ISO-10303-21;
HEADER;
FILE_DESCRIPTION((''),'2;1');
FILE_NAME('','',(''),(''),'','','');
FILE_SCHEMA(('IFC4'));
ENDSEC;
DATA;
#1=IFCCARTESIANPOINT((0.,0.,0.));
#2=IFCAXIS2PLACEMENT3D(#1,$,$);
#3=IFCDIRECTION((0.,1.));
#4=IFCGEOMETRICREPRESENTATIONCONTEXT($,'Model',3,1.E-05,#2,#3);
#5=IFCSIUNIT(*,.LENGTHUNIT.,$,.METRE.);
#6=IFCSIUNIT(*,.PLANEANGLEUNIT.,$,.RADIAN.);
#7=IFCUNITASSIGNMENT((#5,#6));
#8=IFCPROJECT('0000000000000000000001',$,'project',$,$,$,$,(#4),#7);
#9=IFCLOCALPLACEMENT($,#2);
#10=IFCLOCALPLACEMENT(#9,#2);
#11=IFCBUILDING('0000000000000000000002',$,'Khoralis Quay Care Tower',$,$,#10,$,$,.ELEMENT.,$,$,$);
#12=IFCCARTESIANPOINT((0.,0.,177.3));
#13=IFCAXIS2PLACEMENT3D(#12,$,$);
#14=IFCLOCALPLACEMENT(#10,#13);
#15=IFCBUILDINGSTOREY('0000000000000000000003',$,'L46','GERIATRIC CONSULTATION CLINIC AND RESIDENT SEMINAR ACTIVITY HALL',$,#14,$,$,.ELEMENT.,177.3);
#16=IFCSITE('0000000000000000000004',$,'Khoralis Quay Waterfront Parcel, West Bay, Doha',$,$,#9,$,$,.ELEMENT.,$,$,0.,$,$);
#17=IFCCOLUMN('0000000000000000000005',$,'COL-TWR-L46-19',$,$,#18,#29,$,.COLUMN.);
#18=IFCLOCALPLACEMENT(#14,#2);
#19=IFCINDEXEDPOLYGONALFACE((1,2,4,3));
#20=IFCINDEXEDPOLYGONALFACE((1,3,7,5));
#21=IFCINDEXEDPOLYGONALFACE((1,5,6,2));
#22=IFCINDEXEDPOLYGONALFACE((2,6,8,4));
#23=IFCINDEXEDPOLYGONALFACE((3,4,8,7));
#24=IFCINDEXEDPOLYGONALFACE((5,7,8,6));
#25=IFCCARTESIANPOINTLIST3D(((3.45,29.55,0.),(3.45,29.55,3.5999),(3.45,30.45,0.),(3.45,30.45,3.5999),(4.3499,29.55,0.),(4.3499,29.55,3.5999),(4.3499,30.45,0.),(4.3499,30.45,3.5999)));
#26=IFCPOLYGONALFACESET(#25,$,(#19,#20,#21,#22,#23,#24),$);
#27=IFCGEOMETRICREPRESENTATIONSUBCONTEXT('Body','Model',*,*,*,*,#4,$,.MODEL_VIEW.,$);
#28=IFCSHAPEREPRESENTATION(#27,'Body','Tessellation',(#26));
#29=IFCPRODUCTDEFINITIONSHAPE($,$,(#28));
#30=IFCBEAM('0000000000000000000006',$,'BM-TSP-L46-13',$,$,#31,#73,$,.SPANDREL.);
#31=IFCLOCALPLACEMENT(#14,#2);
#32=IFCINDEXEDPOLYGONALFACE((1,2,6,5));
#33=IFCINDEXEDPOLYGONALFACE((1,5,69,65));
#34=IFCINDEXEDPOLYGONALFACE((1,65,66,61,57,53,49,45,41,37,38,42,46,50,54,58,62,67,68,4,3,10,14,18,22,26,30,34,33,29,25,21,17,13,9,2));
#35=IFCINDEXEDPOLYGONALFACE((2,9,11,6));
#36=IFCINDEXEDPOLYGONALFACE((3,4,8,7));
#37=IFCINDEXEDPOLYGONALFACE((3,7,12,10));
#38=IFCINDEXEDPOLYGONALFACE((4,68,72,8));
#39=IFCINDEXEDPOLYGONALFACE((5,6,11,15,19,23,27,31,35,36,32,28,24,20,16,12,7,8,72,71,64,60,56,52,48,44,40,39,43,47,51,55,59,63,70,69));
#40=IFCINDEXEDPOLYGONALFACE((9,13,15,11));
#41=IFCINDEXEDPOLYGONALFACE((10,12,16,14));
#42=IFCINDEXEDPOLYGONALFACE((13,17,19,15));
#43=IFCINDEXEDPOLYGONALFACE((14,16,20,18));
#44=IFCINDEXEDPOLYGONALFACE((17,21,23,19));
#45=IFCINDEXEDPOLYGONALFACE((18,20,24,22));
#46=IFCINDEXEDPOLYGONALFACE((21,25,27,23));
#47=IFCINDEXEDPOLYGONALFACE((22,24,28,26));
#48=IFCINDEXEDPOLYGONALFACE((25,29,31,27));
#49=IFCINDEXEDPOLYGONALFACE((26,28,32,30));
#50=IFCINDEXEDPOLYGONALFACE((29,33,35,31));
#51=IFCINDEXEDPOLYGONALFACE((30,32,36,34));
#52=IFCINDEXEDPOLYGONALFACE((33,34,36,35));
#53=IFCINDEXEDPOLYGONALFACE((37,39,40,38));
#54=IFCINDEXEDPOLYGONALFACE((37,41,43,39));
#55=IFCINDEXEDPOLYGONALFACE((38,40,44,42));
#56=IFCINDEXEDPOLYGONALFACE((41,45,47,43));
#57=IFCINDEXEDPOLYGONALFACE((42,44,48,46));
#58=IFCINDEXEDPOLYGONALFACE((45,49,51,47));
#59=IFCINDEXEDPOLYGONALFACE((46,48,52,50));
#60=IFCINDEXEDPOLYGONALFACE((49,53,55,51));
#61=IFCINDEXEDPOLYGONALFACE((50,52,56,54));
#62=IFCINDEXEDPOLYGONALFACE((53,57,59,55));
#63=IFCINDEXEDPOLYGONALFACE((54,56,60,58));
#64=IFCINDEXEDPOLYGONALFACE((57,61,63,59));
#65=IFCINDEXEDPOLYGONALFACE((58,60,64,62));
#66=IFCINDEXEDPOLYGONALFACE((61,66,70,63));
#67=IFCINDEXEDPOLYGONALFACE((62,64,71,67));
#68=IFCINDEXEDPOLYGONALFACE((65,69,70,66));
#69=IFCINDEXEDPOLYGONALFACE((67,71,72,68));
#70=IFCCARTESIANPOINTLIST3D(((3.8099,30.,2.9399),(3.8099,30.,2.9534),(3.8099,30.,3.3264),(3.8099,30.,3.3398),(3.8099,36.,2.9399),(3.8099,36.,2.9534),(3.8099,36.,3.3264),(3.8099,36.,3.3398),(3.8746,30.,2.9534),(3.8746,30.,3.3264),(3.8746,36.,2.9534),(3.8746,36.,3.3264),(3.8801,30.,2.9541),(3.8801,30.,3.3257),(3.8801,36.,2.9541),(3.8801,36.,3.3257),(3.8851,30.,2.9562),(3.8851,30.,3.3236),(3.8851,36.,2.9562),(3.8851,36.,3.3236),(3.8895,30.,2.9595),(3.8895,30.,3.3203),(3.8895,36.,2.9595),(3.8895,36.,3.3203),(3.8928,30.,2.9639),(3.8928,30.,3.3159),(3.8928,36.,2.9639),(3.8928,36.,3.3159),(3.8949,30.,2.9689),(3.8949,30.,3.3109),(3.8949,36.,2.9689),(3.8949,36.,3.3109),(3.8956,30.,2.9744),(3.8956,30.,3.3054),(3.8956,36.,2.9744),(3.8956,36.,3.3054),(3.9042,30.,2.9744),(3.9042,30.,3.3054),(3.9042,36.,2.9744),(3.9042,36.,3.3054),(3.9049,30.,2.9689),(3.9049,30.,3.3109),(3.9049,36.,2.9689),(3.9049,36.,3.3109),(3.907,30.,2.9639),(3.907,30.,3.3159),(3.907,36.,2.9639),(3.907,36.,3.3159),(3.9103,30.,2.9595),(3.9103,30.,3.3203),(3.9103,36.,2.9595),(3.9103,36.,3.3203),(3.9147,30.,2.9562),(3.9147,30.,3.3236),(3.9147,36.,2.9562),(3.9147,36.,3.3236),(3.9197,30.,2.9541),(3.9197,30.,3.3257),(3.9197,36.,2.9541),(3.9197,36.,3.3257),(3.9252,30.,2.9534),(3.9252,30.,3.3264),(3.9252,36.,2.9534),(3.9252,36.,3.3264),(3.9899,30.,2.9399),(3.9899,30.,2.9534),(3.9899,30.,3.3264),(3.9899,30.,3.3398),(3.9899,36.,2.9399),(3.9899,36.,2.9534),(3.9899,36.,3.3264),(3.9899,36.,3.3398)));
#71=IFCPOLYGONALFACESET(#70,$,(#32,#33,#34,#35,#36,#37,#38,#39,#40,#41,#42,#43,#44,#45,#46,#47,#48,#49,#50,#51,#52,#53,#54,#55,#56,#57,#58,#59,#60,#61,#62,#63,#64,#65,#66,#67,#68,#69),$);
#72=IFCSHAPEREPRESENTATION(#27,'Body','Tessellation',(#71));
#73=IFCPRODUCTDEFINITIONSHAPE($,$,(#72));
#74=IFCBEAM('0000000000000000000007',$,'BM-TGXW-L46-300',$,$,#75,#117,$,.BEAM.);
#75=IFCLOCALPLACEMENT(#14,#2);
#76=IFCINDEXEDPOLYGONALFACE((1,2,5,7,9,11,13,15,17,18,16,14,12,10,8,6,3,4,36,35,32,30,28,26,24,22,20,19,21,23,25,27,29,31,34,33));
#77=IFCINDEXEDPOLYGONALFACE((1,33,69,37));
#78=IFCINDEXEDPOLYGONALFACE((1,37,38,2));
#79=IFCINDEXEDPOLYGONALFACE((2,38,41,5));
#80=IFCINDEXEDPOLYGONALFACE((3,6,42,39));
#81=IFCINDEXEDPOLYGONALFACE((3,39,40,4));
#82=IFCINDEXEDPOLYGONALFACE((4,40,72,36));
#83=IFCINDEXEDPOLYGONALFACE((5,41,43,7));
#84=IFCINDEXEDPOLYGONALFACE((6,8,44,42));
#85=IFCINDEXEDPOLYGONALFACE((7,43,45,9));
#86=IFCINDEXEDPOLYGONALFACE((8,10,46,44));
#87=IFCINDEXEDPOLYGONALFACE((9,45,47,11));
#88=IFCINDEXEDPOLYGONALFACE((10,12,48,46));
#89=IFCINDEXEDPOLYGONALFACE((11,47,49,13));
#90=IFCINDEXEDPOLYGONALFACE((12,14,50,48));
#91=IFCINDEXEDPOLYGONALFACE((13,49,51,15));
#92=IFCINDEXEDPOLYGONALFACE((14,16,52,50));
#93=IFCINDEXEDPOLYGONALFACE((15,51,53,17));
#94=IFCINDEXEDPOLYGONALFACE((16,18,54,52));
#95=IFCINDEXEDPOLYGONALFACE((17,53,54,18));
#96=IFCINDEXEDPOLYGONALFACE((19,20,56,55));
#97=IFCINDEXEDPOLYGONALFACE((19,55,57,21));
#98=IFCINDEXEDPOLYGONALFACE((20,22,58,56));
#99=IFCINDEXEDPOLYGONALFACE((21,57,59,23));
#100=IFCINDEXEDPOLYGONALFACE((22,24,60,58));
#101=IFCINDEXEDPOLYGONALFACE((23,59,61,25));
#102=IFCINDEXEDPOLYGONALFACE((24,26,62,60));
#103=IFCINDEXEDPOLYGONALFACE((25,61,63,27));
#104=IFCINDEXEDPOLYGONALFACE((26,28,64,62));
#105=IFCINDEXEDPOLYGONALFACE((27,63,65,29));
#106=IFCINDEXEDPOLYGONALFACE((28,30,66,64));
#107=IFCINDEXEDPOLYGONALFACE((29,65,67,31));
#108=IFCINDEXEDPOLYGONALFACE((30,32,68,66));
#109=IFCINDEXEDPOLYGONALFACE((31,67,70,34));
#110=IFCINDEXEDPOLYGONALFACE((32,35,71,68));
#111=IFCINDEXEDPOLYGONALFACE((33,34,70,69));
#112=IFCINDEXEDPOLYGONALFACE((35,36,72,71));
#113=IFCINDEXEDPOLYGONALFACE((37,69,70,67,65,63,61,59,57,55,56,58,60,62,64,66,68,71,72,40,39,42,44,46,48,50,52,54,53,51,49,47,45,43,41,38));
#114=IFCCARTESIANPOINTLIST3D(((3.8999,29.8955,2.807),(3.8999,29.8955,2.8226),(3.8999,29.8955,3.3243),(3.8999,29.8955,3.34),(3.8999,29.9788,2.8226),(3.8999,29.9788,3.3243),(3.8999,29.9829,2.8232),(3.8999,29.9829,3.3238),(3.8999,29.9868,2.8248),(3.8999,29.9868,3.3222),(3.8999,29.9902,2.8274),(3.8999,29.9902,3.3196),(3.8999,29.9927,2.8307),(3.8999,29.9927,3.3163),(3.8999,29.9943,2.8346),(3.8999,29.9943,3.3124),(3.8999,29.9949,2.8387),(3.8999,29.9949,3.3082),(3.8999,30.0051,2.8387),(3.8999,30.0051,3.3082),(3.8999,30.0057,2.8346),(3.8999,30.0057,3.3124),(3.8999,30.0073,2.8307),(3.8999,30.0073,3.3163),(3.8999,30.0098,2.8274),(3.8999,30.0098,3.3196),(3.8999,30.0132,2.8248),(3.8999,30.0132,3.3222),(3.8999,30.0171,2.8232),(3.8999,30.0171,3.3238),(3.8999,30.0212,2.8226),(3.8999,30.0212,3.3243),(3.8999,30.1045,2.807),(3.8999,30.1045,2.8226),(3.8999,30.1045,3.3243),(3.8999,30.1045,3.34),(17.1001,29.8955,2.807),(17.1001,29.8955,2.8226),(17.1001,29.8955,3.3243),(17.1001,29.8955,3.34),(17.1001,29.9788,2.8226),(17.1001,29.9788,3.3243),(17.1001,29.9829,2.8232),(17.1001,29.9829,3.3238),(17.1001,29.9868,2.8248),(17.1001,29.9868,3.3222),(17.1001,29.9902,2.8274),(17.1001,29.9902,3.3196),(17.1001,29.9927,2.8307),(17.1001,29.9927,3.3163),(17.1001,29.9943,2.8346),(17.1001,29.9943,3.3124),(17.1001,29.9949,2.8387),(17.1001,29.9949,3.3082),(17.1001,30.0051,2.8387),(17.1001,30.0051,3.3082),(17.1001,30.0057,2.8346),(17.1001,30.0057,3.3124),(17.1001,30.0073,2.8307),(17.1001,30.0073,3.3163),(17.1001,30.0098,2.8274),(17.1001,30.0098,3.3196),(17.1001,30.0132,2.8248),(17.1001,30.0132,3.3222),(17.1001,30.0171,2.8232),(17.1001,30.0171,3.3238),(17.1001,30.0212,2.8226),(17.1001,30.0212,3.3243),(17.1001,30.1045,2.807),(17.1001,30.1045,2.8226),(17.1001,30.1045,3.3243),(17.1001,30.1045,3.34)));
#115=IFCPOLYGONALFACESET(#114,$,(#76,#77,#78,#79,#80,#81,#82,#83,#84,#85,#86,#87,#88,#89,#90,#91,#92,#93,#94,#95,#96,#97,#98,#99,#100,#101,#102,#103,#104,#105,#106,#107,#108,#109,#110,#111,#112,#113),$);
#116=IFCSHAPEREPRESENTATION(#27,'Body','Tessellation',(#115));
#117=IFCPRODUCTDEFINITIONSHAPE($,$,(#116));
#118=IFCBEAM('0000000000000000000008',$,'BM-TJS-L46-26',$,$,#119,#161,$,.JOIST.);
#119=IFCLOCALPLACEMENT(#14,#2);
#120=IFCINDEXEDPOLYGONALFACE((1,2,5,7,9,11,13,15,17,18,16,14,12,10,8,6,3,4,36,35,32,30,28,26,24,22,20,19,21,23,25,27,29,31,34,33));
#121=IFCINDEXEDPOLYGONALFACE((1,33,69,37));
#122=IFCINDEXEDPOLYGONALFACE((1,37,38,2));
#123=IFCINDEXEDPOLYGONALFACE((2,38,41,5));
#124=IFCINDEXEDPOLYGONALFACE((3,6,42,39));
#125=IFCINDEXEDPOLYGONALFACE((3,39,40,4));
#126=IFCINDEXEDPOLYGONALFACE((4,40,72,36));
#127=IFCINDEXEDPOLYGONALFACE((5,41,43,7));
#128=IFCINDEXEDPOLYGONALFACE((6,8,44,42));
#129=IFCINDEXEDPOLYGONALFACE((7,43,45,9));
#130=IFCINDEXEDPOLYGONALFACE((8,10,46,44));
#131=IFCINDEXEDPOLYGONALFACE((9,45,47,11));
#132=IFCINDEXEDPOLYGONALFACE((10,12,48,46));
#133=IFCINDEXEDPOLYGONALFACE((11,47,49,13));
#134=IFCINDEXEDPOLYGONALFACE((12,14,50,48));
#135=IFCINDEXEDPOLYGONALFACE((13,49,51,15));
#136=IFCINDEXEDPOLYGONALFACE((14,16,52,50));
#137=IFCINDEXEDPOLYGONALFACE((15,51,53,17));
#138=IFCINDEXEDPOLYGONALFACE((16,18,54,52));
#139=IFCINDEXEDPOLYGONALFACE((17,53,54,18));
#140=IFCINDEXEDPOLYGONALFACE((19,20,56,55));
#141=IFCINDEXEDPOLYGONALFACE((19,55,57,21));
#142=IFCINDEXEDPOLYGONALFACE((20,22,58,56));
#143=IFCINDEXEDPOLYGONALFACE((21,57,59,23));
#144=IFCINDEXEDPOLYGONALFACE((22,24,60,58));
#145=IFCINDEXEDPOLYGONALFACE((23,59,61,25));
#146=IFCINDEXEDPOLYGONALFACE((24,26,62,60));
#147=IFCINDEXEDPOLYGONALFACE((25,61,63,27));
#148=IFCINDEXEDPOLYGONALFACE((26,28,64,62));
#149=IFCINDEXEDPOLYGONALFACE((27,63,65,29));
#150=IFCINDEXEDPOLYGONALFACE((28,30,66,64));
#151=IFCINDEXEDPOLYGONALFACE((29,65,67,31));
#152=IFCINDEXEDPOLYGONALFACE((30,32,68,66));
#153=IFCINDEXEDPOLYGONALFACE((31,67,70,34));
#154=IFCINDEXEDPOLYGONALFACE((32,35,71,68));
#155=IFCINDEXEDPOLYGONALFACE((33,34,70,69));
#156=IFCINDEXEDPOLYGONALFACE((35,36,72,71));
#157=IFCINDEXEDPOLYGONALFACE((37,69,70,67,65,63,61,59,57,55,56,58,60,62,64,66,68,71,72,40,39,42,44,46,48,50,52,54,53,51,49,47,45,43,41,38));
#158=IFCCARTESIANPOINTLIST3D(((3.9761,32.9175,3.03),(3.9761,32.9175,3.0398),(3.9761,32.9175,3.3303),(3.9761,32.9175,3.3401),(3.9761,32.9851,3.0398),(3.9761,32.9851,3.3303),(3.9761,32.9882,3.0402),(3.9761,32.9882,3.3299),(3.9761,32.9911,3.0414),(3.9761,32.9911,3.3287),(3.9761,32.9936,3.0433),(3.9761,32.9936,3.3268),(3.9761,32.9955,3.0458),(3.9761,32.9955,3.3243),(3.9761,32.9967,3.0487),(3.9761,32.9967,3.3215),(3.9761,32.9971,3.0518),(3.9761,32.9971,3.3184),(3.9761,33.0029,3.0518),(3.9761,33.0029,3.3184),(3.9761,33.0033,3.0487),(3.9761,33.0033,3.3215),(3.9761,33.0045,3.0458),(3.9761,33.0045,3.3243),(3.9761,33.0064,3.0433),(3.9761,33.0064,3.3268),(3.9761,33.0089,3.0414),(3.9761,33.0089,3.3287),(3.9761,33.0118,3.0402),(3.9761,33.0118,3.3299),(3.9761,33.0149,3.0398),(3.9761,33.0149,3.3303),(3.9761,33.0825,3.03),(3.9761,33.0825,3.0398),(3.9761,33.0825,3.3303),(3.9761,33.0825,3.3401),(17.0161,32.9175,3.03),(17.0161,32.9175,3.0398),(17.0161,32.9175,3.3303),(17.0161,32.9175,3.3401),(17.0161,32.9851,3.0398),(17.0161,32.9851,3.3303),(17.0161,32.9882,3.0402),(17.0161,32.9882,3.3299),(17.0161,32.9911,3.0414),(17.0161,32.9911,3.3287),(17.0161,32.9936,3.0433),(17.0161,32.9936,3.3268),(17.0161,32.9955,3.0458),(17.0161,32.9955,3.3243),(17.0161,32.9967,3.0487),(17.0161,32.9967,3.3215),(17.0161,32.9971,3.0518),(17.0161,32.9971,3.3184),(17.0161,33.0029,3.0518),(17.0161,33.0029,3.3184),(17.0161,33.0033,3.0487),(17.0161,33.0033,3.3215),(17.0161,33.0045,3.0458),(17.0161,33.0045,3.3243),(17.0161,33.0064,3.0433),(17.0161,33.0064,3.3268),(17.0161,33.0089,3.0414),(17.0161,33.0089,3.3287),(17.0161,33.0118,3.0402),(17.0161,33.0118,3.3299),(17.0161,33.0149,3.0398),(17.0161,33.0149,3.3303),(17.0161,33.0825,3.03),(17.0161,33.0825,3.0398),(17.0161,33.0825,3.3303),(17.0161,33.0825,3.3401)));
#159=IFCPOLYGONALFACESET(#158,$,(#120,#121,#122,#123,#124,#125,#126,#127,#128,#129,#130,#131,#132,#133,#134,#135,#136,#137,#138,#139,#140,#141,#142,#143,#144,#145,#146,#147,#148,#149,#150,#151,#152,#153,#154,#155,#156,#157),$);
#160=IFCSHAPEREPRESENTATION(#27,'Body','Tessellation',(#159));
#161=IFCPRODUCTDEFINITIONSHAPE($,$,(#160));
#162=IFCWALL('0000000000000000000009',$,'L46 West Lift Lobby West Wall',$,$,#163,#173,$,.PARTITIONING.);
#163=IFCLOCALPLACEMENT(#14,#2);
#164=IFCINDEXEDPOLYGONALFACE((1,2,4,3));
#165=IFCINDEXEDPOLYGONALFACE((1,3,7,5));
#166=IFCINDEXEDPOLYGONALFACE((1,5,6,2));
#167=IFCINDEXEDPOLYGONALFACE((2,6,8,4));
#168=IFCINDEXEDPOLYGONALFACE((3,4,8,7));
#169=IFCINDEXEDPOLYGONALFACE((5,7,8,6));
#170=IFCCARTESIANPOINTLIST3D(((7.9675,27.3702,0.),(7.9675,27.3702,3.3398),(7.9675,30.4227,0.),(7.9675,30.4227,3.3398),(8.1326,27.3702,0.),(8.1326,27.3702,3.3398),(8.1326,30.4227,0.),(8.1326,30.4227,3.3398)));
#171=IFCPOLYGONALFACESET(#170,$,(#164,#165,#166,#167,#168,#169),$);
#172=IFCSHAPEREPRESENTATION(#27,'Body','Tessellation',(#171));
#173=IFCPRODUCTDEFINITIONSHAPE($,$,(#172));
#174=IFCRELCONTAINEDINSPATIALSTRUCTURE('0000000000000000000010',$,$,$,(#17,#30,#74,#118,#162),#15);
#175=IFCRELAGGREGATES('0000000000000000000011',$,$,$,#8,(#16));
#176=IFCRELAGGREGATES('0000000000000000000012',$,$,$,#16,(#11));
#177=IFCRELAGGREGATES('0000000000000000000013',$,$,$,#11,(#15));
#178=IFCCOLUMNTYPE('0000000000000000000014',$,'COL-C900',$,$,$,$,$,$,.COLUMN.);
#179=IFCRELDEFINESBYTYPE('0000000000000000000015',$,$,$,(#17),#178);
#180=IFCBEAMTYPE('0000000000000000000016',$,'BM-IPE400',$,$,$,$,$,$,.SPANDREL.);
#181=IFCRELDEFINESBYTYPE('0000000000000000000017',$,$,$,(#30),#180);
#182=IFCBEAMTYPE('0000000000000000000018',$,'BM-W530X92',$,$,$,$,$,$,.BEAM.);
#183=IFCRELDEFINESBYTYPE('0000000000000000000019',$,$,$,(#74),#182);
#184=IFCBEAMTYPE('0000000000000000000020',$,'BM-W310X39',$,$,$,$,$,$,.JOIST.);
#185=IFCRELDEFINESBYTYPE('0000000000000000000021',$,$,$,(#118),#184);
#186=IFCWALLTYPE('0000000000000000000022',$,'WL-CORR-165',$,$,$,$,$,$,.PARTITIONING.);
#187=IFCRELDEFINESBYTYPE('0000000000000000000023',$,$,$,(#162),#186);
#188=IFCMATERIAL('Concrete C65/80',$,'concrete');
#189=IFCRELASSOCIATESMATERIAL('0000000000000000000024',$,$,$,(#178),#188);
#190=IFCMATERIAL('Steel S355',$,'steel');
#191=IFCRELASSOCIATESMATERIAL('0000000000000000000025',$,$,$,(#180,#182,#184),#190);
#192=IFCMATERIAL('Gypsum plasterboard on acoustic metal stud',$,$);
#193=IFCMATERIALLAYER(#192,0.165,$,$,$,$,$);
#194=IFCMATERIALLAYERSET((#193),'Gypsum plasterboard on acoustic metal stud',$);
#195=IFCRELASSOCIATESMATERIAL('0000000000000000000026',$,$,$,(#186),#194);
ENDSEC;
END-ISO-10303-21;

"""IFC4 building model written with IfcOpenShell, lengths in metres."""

from ifc_helpers import new_model, si_unit, direction, frame, frame_2d, origin, origin_2d, place, context, subcontext, project, spatial, rectangle, i_section, extrude, source, transform, mapped, material, layer, layer_set, material_profile, profile_set, type_object, element, save


model = new_model("IFC4")

# Units and contexts
model_context = context("Model", 3, precision=1e-05, world=origin(), true_north=direction((0.0, 1.0)))
body_context = subcontext(model_context, "Body", "Model", "MODEL_VIEW")
ifc_project = project(units=[si_unit("LENGTHUNIT", "METRE"), si_unit("PLANEANGLEUNIT", "RADIAN")], contexts=[model_context])

# Site, building, storey
site_placement = place(None, origin())
site = spatial("IfcSite", under=ifc_project, at=site_placement, Name="Khoralis Quay Waterfront Parcel, West Bay, Doha", CompositionType="ELEMENT", RefElevation=0.0)
building_placement = place(site_placement, origin())
building = spatial("IfcBuilding", under=site, at=building_placement, Name="Khoralis Quay Care Tower", CompositionType="ELEMENT")
storey_placement = place(building_placement, frame((0.0, 0.0, 177.3)))
storey = spatial("IfcBuildingStorey", under=building, at=storey_placement, Name="L46", Description="GERIATRIC CONSULTATION CLINIC AND RESIDENT SEMINAR ACTIVITY HALL", CompositionType="ELEMENT", Elevation=177.3)

# Column
ifc_material_1 = material(Name="Concrete C65/80", Category="concrete")
ifc_material_profile_1 = material_profile(ifc_material_1, rectangle(XDim=0.8999, YDim=0.8999, at=origin_2d()), Name="Concrete C65/80")
ifc_profile_set_1 = profile_set([ifc_material_profile_1], Name="Concrete C65/80")
column_type = type_object("IfcColumnType", Name="COL-C900", PredefinedType="COLUMN", material=ifc_profile_set_1)
shared_shape_1 = source(origin(), body_context, "Body", "SweptSolid", [
    extrude(rectangle(XDim=0.8999, YDim=0.8999, at=origin_2d()), origin(), (0.0, 0.0, 1.0), 3.5999),
])
column_placement = place(storey_placement, frame((3.8999, 30.0, 0.0), z_axis=(0.0, 0.0, 1.0), x_axis=(1.0, 0.0, 0.0)))
element("IfcColumn", 1, at=column_placement, inside=storey, type_object=column_type, Name="COL-TWR-L46-19", PredefinedType="COLUMN", context=body_context, shape_type="MappedRepresentation", body=[
    mapped(shared_shape_1, transform((0.0, 0.0, 0.0), scale=1.0)),
])

# Beams
ifc_material_2 = material(Name="Steel S355", Category="steel")
ifc_material_profile_2 = material_profile(ifc_material_2, i_section(OverallWidth=0.1799, OverallDepth=0.3999, WebThickness=0.0085, FlangeThickness=0.0134, FilletRadius=0.021, at=origin_2d()), Name="Steel S355")
ifc_profile_set_2 = profile_set([ifc_material_profile_2], Name="Steel S355")
beam_type_1 = type_object("IfcBeamType", Name="BM-IPE400", PredefinedType="SPANDREL", material=ifc_profile_set_2)
shared_shape_2 = source(origin(), body_context, "Body", "SweptSolid", [
    extrude(i_section(OverallWidth=0.1799, OverallDepth=0.3999, WebThickness=0.0085, FlangeThickness=0.0134, FilletRadius=0.021, at=origin_2d()), origin(), (0.0, 0.0, 1.0), 6.0),
])
beam_1_placement = place(storey_placement, frame((3.8999, 30.0, 3.1399), z_axis=(0.0, 1.0, 0.0), x_axis=(-1.0, 0.0, 0.0)))
element("IfcBeam", 2, at=beam_1_placement, inside=storey, type_object=beam_type_1, Name="BM-TSP-L46-13", PredefinedType="SPANDREL", context=body_context, shape_type="MappedRepresentation", body=[
    mapped(shared_shape_2, transform((0.0, 0.0, 0.0), scale=1.0)),
])
ifc_material_profile_3 = material_profile(ifc_material_2, i_section(OverallWidth=0.209, OverallDepth=0.533, WebThickness=0.0103, FlangeThickness=0.0156, FilletRadius=0.0161, at=origin_2d()), Name="Steel S355")
ifc_profile_set_3 = profile_set([ifc_material_profile_3], Name="Steel S355")
beam_type_2 = type_object("IfcBeamType", Name="BM-W530X92", PredefinedType="BEAM", material=ifc_profile_set_3)
shared_shape_3 = source(origin(), body_context, "Body", "SweptSolid", [
    extrude(i_section(OverallWidth=0.209, OverallDepth=0.533, WebThickness=0.0103, FlangeThickness=0.0156, FilletRadius=0.0161, at=origin_2d()), origin(), (0.0, 0.0, 1.0), 13.2002),
])
beam_2_placement = place(storey_placement, frame((3.8999, 30.0, 3.0735), z_axis=(1.0, 0.0, 0.0), x_axis=(0.0, 1.0, 0.0)))
element("IfcBeam", 3, at=beam_2_placement, inside=storey, type_object=beam_type_2, Name="BM-TGXW-L46-300", PredefinedType="BEAM", context=body_context, shape_type="MappedRepresentation", body=[
    mapped(shared_shape_3, transform((0.0, 0.0, 0.0), scale=1.0)),
])
ifc_material_profile_4 = material_profile(ifc_material_2, i_section(OverallWidth=0.165, OverallDepth=0.3101, WebThickness=0.0059, FlangeThickness=0.0098, FilletRadius=0.012, at=origin_2d()), Name="Steel S355")
ifc_profile_set_4 = profile_set([ifc_material_profile_4], Name="Steel S355")
beam_type_3 = type_object("IfcBeamType", Name="BM-W310X39", PredefinedType="JOIST", material=ifc_profile_set_4)
shared_shape_4 = source(origin(), body_context, "Body", "SweptSolid", [
    extrude(i_section(OverallWidth=0.165, OverallDepth=0.3101, WebThickness=0.0059, FlangeThickness=0.0098, FilletRadius=0.012, at=origin_2d()), origin(), (0.0, 0.0, 1.0), 13.04),
])
beam_3_placement = place(storey_placement, frame((3.9761, 33.0, 3.1851), z_axis=(1.0, 0.0, 0.0), x_axis=(0.0, 1.0, 0.0)))
element("IfcBeam", 4, at=beam_3_placement, inside=storey, type_object=beam_type_3, Name="BM-TJS-L46-26", PredefinedType="JOIST", context=body_context, shape_type="MappedRepresentation", body=[
    mapped(shared_shape_4, transform((0.0, 0.0, 0.0), scale=1.0)),
])

# Wall
ifc_material_3 = material(Name="Gypsum plasterboard on acoustic metal stud")
ifc_layer_1 = layer(ifc_material_3, 0.165)
ifc_layer_set_1 = layer_set([ifc_layer_1], Name="Gypsum plasterboard on acoustic metal stud")
wall_type_1 = type_object("IfcWallType", Name="WL-CORR-165", PredefinedType="PARTITIONING", material=ifc_layer_set_1)
wall_1_placement = place(storey_placement, frame((8.05, 27.3701, 0.0), z_axis=(0.0, 0.0, 1.0), x_axis=(0.0, 1.0, 0.0)))
element("IfcWall", 5, at=wall_1_placement, inside=storey, type_object=wall_type_1, Name="L46 West Lift Lobby West Wall", PredefinedType="PARTITIONING", context=body_context, shape_type="SweptSolid", body=[
    extrude(rectangle(XDim=3.0525, YDim=0.165, at=frame_2d((1.5264, 0.0))), origin(), (0.0, 0.0, 1.0), 3.3398),
])

save(model, "model.ifc")
